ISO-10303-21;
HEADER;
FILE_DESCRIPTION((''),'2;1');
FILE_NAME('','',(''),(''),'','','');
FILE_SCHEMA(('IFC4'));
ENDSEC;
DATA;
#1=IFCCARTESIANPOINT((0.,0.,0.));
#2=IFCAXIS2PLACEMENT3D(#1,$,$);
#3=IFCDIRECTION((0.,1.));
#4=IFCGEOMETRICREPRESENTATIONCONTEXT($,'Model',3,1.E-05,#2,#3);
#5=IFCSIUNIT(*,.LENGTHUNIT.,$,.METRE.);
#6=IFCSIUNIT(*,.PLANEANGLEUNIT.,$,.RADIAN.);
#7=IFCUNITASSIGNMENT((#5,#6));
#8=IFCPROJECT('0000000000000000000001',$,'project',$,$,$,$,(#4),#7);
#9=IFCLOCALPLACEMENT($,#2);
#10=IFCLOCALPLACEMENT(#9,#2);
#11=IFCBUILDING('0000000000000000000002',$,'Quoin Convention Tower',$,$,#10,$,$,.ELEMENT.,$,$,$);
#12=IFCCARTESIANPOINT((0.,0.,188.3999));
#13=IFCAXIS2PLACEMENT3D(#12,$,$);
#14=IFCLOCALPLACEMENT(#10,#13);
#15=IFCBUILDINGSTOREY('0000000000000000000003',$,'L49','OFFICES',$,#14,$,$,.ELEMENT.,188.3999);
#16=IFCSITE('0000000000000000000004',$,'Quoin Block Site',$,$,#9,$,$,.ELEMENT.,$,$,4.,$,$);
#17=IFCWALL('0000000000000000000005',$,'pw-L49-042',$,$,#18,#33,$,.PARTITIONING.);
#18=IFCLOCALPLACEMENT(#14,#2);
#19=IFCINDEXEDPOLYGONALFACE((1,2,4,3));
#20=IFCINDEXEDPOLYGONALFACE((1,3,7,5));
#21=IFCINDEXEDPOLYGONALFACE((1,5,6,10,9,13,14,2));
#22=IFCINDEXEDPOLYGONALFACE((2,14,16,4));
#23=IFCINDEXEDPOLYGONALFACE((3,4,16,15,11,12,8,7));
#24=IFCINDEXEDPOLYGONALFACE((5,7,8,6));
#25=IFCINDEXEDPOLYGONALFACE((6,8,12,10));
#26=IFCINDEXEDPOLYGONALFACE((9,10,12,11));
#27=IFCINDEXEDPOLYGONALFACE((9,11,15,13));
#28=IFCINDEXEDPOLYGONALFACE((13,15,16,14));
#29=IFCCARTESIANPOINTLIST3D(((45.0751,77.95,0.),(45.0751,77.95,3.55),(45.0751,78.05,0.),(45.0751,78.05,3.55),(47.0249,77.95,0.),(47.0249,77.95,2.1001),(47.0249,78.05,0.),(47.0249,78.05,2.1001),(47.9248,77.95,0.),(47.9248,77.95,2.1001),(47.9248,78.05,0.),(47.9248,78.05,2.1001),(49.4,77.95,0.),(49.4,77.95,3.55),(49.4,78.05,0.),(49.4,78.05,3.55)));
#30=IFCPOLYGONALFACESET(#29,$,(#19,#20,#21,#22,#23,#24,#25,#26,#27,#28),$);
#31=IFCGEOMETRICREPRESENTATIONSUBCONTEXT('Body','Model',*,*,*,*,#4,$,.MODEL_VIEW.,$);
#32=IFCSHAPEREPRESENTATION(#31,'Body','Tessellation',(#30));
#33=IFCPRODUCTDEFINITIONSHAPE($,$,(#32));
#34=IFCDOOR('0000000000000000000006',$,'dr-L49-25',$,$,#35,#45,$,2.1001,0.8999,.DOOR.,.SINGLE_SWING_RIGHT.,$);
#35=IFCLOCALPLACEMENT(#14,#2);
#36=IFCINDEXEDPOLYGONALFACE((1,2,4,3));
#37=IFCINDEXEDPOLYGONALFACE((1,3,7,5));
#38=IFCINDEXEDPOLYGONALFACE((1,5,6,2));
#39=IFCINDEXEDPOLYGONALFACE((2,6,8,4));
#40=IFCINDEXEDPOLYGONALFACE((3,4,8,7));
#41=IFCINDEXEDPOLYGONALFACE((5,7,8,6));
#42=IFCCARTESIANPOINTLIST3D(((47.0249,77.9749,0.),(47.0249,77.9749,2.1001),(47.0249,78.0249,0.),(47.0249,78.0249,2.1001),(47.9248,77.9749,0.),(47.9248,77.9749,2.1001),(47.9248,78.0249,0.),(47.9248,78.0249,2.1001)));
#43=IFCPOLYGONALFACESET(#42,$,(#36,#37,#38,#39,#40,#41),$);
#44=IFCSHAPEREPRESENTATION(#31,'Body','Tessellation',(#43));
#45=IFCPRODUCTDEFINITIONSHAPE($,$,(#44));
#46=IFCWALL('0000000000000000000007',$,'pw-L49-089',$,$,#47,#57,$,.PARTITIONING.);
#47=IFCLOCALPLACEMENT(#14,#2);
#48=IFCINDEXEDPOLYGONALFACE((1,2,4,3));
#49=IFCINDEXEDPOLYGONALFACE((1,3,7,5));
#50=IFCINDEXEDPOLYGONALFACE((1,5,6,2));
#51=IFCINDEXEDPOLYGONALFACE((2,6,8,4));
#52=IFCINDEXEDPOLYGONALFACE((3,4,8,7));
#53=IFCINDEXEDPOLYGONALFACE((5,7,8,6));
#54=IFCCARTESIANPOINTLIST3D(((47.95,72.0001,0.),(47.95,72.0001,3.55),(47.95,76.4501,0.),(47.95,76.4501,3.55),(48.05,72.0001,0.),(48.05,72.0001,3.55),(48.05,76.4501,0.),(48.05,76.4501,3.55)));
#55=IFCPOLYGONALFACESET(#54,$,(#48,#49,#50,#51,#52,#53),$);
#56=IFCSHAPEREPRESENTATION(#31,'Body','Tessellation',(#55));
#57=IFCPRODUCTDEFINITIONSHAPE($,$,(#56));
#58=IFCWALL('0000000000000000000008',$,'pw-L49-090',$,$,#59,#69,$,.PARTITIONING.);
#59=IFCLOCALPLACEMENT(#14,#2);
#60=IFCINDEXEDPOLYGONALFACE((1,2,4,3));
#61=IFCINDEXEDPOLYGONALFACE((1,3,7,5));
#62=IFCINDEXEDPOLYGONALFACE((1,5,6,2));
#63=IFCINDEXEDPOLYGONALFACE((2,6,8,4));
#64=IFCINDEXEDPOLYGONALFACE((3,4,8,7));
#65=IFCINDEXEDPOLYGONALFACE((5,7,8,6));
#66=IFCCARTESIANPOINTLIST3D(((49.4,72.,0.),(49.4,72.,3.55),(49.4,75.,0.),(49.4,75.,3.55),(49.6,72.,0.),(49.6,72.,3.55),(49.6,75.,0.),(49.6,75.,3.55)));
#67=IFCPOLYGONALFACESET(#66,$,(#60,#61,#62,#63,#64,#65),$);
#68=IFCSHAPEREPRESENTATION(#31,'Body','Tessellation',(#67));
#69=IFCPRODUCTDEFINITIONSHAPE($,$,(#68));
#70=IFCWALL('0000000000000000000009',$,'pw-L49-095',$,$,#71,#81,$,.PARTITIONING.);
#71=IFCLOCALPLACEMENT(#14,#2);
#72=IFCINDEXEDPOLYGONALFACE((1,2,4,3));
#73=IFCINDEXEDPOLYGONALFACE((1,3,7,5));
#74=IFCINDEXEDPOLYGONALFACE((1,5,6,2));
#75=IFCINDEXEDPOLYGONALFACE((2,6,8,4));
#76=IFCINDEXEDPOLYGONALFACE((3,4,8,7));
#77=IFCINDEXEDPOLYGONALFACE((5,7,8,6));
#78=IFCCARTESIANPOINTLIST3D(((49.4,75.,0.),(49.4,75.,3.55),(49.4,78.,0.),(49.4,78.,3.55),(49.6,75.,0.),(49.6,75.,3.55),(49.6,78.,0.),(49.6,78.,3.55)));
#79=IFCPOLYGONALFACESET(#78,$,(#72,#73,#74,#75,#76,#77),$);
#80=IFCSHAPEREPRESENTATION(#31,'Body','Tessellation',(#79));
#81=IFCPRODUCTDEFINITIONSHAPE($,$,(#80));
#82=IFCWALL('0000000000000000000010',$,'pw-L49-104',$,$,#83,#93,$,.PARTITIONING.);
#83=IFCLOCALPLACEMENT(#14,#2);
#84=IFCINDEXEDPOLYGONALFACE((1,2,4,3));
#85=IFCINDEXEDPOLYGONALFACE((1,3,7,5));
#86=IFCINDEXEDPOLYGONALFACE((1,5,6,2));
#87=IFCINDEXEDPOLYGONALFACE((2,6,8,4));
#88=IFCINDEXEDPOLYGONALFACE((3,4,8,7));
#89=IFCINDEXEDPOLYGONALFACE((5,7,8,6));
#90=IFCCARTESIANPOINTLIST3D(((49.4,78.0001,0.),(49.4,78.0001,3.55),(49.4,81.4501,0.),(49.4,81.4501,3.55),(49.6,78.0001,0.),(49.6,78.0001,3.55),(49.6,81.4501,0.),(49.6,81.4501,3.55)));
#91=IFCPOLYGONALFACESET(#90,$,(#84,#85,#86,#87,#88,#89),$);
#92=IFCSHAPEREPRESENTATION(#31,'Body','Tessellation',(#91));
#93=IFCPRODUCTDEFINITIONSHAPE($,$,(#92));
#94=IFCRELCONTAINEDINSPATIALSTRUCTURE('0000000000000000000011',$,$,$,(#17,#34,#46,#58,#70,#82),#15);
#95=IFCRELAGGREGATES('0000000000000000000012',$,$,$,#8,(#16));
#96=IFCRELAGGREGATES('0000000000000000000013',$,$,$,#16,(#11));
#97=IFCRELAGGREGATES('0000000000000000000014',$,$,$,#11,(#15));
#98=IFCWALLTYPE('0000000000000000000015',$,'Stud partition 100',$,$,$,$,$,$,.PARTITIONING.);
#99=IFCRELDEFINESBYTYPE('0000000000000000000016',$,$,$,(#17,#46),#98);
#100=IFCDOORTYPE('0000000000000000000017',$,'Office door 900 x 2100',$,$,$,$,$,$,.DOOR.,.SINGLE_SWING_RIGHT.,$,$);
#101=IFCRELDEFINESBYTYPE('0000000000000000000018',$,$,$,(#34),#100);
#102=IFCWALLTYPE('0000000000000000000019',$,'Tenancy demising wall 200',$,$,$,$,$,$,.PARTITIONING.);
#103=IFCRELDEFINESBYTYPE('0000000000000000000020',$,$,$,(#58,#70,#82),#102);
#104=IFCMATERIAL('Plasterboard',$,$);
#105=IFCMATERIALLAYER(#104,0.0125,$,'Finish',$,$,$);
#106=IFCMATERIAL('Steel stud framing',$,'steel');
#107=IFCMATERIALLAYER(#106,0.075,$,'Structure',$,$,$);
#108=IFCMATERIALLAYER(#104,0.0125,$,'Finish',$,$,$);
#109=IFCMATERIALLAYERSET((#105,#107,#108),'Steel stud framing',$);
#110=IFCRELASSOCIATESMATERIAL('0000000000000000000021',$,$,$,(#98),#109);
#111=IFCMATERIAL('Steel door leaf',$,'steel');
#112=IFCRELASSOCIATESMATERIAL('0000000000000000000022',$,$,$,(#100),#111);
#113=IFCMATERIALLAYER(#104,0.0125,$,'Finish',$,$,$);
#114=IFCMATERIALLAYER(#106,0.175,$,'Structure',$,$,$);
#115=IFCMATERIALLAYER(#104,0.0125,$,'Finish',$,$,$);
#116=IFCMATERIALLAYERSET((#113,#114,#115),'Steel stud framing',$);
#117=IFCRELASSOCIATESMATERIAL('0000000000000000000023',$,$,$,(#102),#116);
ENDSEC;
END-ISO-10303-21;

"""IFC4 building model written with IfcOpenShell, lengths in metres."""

from ifc_helpers import new_model, si_unit, direction, frame, frame_2d, origin, place, context, subcontext, project, spatial, rectangle, extrude, material, layer, layer_set, type_object, element, fill, save


model = new_model("IFC4")

# Units and contexts
model_context = context("Model", 3, precision=1e-05, world=origin(), true_north=direction((0.0, 1.0)))
body_context = subcontext(model_context, "Body", "Model", "MODEL_VIEW")
ifc_project = project(units=[si_unit("LENGTHUNIT", "METRE"), si_unit("PLANEANGLEUNIT", "RADIAN")], contexts=[model_context])

# Site, building, storey
site_placement = place(None, origin())
site = spatial("IfcSite", under=ifc_project, at=site_placement, Name="Quoin Block Site", CompositionType="ELEMENT", RefElevation=4.0)
building_placement = place(site_placement, origin())
building = spatial("IfcBuilding", under=site, at=building_placement, Name="Quoin Convention Tower", CompositionType="ELEMENT")
storey_placement = place(building_placement, frame((0.0, 0.0, 188.3999)))
storey = spatial("IfcBuildingStorey", under=building, at=storey_placement, Name="L49", Description="OFFICES", CompositionType="ELEMENT", Elevation=188.3999)

# Shared definitions
ifc_material_1 = material(Name="Plasterboard")
ifc_material_2 = material(Name="Steel stud framing", Category="steel")

# Wall, opening, door
ifc_layer_1 = layer(ifc_material_1, 0.0125, Name="Finish")
ifc_layer_2 = layer(ifc_material_2, 0.075, Name="Structure")
ifc_layer_3 = layer(ifc_material_1, 0.0125, Name="Finish")
ifc_layer_set_1 = layer_set([ifc_layer_1, ifc_layer_2, ifc_layer_3], Name="Steel stud framing")
wall_type_1 = type_object("IfcWallType", Name="Stud partition 100", PredefinedType="PARTITIONING", material=ifc_layer_set_1)
ifc_material_3 = material(Name="Steel door leaf", Category="steel")
door_type = type_object("IfcDoorType", Name="Office door 900 x 2100", OperationType="SINGLE_SWING_RIGHT", PredefinedType="DOOR", material=ifc_material_3)
wall_1_placement = place(storey_placement, frame((45.075, 78.0, 0.0), z_axis=(0.0, 0.0, 1.0), x_axis=(1.0, 0.0, 0.0)))
wall_1 = element("IfcWall", 1, at=wall_1_placement, inside=storey, type_object=wall_type_1, Name="pw-L49-042", PredefinedType="PARTITIONING", context=body_context, shape_type="SweptSolid", body=[
    extrude(rectangle(XDim=4.325, YDim=0.1001, at=frame_2d((2.1626, 0.0))), origin(), (0.0, 0.0, 1.0), 3.55),
])
opening_1_placement = place(wall_1_placement, frame((1.95, 0.0, 0.0)))
opening_1 = element("IfcOpeningElement", 2, at=opening_1_placement, cuts=wall_1, PredefinedType="OPENING", context=body_context, shape_type="SweptSolid", body=[
    extrude(rectangle(XDim=0.8999, YDim=2.1001, at=frame_2d((0.45, 1.05))), frame((0.0, 0.0601, 0.0), z_axis=(0.0, -1.0, 0.0), x_axis=(1.0, 0.0, 0.0)), (0.0, 0.0, 1.0), 0.1201),
])
door_1_placement = place(opening_1_placement, origin())
door_1 = element("IfcDoor", 3, at=door_1_placement, inside=storey, type_object=door_type, Name="dr-L49-25", OperationType="SINGLE_SWING_RIGHT", OverallHeight=2.1001, OverallWidth=0.8999, PredefinedType="DOOR", context=body_context, shape_type="SweptSolid", body=[
    extrude(rectangle(XDim=0.8999, YDim=2.1001, at=frame_2d((0.45, 1.05))), frame((0.0, 0.0249, 0.0), z_axis=(0.0, -1.0, 0.0), x_axis=(1.0, 0.0, 0.0)), (0.0, 0.0, 1.0), 0.05),
])
fill(opening_1, door_1)

# Walls
wall_2_placement = place(storey_placement, frame((48.0, 72.0, 0.0), z_axis=(0.0, 0.0, 1.0), x_axis=(0.0, 1.0, 0.0)))
element("IfcWall", 4, at=wall_2_placement, inside=storey, type_object=wall_type_1, Name="pw-L49-089", PredefinedType="PARTITIONING", context=body_context, shape_type="SweptSolid", body=[
    extrude(rectangle(XDim=4.45, YDim=0.1001, at=frame_2d((2.2251, 0.0))), origin(), (0.0, 0.0, 1.0), 3.55),
])
ifc_layer_4 = layer(ifc_material_1, 0.0125, Name="Finish")
ifc_layer_5 = layer(ifc_material_2, 0.175, Name="Structure")
ifc_layer_6 = layer(ifc_material_1, 0.0125, Name="Finish")
ifc_layer_set_2 = layer_set([ifc_layer_4, ifc_layer_5, ifc_layer_6], Name="Steel stud framing")
wall_type_2 = type_object("IfcWallType", Name="Tenancy demising wall 200", PredefinedType="PARTITIONING", material=ifc_layer_set_2)
for number, where, z_axis, x_axis, name in (
    (5, (49.5, 72.0, 0.0), (0.0, 0.0, 1.0), (0.0, 1.0, 0.0), "pw-L49-090"),
    (6, (49.5, 75.0, 0.0), (0.0, 0.0, 1.0), (0.0, 1.0, 0.0), "pw-L49-095"),
):
    element("IfcWall", number, at=place(storey_placement, frame(where, z_axis=z_axis, x_axis=x_axis)), inside=storey, type_object=wall_type_2, Name=name, PredefinedType="PARTITIONING", context=body_context, shape_type="SweptSolid", body=[
        extrude(rectangle(XDim=3.0, YDim=0.2, at=frame_2d((1.5, 0.0))), origin(), (0.0, 0.0, 1.0), 3.55),
    ])
wall_3_placement = place(storey_placement, frame((49.5, 78.0, 0.0), z_axis=(0.0, 0.0, 1.0), x_axis=(0.0, 1.0, 0.0)))
element("IfcWall", 7, at=wall_3_placement, inside=storey, type_object=wall_type_2, Name="pw-L49-104", PredefinedType="PARTITIONING", context=body_context, shape_type="SweptSolid", body=[
    extrude(rectangle(XDim=3.45, YDim=0.2, at=frame_2d((1.7251, 0.0))), origin(), (0.0, 0.0, 1.0), 3.55),
])

save(model, "model.ifc")
